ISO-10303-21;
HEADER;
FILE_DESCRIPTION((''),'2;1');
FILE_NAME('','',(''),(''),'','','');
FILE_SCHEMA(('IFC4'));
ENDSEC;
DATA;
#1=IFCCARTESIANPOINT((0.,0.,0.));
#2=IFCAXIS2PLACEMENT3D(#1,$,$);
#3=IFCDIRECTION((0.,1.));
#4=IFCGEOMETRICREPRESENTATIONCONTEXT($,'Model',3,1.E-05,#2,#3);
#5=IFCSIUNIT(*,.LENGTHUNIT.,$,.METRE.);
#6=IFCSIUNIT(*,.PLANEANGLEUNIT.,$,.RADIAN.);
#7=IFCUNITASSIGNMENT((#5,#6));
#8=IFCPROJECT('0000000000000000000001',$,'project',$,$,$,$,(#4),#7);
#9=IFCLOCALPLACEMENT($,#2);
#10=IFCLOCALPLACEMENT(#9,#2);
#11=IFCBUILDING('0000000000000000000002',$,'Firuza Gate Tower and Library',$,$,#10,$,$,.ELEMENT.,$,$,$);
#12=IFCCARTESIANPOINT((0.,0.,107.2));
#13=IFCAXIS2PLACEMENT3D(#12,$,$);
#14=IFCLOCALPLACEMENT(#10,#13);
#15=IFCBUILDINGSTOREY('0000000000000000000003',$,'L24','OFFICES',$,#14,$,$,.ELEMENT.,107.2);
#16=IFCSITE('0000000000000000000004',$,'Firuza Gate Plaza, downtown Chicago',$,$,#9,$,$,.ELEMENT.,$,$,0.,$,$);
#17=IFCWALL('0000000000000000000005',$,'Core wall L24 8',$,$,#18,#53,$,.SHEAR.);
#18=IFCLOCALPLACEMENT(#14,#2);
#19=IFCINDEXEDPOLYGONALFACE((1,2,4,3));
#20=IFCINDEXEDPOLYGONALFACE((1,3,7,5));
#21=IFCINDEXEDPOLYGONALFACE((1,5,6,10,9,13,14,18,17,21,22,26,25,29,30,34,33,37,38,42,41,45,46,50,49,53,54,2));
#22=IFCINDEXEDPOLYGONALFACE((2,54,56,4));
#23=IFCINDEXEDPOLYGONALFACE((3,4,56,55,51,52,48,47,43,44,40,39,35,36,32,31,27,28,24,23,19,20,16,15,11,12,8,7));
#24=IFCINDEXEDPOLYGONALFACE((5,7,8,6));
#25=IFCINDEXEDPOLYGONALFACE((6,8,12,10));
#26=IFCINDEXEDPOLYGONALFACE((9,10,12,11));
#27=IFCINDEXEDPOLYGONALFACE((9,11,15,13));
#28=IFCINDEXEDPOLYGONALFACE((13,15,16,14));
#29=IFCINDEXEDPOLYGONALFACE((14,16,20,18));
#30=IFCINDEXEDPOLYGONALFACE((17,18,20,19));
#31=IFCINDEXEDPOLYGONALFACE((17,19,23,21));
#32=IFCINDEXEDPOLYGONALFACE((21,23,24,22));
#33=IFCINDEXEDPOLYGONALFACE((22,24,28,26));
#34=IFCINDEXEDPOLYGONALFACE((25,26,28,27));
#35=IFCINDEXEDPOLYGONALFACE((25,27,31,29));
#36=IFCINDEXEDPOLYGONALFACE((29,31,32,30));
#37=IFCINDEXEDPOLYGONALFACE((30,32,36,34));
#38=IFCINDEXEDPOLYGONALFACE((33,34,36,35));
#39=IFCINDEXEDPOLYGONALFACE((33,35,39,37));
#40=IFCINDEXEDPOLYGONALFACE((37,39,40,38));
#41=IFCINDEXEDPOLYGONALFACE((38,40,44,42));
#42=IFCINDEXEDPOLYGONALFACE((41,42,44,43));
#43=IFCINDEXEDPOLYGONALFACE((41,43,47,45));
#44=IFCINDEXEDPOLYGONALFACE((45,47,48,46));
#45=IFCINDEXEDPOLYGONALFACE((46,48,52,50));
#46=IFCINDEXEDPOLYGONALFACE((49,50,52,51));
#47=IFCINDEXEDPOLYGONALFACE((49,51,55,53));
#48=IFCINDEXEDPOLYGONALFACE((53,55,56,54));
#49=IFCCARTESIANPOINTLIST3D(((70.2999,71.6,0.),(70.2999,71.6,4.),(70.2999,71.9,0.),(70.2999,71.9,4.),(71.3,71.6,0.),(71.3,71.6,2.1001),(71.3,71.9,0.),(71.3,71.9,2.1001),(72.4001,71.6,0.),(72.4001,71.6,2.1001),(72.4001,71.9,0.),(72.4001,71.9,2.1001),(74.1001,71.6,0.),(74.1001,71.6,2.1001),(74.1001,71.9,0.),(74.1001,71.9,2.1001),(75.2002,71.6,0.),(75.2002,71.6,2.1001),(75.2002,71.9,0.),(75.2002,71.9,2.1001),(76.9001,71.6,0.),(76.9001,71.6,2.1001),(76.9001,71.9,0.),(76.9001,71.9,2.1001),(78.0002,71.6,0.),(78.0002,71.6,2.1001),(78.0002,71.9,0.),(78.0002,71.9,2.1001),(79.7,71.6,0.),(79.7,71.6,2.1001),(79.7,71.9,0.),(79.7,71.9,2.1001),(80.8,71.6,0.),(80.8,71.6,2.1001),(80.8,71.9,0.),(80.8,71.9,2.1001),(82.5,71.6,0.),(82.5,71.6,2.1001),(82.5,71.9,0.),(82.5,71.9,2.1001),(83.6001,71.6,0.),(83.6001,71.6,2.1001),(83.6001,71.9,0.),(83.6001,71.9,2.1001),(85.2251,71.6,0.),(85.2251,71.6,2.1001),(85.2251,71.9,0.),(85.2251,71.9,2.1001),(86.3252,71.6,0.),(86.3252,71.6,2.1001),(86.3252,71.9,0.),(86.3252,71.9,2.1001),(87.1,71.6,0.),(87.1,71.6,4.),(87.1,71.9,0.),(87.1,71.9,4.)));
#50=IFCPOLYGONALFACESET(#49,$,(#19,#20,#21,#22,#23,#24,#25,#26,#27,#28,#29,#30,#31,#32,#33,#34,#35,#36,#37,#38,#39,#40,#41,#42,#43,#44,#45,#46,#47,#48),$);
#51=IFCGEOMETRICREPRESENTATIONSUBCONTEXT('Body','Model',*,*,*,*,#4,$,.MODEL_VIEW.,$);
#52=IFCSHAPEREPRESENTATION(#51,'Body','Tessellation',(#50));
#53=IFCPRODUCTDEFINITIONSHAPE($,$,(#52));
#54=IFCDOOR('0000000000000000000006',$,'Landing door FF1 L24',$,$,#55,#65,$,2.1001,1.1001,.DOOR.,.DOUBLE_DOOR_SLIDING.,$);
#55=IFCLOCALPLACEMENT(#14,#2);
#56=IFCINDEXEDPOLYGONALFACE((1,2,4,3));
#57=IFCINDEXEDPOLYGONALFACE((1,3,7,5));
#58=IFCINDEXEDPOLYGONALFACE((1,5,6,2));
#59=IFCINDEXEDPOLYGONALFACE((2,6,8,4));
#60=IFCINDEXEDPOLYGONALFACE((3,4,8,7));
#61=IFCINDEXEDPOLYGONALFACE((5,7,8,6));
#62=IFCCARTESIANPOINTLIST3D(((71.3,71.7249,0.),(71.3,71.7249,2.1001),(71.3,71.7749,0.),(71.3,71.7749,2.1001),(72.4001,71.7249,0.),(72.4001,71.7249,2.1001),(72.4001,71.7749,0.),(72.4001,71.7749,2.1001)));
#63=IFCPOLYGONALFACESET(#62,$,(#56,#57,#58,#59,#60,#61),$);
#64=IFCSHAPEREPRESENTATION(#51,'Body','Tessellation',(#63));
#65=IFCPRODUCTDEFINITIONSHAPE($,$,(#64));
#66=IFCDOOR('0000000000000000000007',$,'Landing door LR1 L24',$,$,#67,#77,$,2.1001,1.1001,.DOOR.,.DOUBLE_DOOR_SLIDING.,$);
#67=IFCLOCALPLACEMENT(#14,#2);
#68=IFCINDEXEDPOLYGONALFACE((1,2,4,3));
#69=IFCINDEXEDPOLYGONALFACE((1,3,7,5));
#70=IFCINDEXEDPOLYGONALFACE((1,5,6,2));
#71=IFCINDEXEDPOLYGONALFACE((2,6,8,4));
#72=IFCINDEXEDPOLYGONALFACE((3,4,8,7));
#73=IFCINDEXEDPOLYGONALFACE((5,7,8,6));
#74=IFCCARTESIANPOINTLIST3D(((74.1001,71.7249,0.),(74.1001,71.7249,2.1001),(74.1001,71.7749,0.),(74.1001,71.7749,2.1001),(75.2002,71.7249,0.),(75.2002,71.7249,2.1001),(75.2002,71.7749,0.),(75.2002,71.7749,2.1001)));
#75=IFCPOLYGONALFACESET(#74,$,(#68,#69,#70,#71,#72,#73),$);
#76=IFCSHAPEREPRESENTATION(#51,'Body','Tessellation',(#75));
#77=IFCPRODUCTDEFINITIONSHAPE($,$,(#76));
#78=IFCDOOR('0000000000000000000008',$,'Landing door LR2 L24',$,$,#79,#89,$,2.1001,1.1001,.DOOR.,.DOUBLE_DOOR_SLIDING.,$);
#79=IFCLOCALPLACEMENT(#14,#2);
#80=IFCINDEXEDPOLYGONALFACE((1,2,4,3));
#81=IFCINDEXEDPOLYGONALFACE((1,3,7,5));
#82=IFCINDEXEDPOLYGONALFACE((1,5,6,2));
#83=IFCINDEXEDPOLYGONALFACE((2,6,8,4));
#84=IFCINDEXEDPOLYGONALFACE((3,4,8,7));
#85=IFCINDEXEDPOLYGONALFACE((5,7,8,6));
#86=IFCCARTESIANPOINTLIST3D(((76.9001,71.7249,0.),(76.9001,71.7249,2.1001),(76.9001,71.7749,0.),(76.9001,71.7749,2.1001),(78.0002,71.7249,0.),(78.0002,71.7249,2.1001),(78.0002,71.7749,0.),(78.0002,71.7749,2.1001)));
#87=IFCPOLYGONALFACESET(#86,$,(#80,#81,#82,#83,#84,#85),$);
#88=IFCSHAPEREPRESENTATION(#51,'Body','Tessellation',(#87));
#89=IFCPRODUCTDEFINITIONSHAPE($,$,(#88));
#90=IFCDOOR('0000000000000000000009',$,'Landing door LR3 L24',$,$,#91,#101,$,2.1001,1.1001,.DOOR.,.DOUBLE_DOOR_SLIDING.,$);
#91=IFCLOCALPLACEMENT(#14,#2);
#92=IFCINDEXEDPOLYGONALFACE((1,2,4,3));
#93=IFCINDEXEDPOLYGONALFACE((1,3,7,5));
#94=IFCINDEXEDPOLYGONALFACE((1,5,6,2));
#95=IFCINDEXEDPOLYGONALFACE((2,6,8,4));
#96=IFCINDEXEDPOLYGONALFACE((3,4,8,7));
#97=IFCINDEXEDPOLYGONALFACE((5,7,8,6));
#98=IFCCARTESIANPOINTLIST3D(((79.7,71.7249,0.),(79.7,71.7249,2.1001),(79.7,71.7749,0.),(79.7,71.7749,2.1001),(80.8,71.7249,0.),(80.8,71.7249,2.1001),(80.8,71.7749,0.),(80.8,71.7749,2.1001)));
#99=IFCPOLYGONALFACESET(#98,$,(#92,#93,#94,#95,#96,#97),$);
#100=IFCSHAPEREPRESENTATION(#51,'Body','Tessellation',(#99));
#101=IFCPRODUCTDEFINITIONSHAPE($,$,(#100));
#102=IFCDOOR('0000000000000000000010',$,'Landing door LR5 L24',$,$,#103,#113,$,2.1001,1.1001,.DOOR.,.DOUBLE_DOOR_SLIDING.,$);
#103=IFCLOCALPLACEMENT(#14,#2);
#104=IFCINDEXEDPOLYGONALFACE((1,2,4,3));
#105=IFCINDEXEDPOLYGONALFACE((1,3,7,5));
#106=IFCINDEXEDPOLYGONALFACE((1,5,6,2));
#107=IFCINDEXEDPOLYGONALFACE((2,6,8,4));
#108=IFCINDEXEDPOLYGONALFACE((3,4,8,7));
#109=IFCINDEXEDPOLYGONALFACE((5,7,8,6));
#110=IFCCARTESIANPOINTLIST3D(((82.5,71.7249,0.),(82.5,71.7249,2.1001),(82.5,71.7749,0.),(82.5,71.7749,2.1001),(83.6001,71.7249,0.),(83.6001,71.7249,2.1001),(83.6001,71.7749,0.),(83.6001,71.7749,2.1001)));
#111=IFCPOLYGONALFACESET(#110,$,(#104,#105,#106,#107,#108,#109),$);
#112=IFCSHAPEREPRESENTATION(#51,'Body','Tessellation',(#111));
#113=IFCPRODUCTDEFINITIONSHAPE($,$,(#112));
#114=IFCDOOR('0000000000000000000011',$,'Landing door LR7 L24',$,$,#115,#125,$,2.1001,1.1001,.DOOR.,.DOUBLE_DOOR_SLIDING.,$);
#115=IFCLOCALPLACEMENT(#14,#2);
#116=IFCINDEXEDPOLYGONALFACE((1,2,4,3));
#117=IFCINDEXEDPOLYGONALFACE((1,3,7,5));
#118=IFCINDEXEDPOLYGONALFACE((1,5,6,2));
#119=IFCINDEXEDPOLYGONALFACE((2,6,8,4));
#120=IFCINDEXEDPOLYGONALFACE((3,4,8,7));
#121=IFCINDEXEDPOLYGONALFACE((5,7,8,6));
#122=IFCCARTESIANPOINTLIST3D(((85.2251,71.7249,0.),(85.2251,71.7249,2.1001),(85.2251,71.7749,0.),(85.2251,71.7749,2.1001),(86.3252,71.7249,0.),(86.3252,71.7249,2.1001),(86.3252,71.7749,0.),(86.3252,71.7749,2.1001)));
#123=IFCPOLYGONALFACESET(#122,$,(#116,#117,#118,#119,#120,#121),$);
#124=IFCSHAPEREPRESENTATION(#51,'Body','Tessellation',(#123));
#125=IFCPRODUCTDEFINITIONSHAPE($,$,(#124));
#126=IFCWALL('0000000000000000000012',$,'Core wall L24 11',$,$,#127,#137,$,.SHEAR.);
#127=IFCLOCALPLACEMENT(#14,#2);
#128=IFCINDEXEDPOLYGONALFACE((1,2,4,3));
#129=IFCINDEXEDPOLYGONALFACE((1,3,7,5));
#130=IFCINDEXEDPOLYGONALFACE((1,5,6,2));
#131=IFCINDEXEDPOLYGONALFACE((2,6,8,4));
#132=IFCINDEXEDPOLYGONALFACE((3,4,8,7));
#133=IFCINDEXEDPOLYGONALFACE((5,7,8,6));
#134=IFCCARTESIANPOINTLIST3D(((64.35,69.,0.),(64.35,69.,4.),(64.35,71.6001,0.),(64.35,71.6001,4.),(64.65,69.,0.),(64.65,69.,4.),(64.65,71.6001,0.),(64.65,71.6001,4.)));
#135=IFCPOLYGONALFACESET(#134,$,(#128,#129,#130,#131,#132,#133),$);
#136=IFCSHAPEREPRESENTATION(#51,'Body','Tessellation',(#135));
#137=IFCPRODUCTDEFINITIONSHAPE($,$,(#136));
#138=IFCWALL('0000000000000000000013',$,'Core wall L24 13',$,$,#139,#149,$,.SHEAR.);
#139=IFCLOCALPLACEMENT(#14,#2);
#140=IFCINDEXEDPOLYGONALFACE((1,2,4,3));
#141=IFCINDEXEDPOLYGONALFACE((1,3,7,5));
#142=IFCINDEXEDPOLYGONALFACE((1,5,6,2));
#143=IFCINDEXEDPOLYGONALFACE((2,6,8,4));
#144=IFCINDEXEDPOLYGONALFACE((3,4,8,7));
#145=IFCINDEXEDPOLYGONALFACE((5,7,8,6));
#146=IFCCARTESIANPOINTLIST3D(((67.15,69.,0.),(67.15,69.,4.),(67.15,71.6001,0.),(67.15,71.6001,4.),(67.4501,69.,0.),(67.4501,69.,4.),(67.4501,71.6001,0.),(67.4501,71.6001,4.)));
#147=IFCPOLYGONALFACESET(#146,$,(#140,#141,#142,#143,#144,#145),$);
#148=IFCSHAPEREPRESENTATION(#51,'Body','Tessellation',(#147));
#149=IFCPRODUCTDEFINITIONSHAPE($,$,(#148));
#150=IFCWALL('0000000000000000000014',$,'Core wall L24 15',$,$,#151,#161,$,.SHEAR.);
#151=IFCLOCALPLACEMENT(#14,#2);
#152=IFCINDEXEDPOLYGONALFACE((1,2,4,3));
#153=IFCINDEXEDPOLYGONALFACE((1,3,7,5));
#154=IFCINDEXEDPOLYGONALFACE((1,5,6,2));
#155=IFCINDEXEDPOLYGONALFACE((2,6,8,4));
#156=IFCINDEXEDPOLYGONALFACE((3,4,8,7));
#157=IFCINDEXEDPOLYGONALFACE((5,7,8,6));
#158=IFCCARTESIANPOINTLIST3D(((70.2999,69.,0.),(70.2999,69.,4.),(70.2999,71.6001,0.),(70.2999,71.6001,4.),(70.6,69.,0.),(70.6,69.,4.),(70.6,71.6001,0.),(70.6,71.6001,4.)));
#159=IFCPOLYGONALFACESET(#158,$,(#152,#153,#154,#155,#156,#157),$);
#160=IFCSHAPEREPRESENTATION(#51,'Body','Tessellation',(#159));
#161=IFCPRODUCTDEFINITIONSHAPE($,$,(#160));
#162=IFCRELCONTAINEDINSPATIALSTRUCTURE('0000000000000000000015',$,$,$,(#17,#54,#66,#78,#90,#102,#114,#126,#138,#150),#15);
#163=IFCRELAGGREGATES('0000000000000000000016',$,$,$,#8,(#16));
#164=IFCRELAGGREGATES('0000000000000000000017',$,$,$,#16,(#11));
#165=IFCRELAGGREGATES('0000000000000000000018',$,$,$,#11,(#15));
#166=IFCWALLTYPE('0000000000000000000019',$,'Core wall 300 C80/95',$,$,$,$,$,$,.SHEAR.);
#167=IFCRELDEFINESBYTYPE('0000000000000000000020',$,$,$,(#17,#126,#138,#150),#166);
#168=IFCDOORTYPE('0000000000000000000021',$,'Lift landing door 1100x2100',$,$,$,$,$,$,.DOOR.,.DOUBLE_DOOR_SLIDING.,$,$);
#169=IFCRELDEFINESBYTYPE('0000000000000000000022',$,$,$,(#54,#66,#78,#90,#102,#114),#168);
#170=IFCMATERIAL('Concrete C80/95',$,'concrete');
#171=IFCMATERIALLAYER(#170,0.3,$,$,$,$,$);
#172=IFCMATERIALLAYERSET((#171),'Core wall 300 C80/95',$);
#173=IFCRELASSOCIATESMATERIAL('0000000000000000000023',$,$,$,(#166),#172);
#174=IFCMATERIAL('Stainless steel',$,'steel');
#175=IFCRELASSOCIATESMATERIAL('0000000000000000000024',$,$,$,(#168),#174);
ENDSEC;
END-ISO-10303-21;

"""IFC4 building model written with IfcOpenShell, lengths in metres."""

from ifc_helpers import new_model, si_unit, direction, frame, frame_2d, origin, place, context, subcontext, project, spatial, rectangle, extrude, material, layer, layer_set, type_object, element, fill, save


model = new_model("IFC4")

# Units and contexts
model_context = context("Model", 3, precision=1e-05, world=origin(), true_north=direction((0.0, 1.0)))
body_context = subcontext(model_context, "Body", "Model", "MODEL_VIEW")
ifc_project = project(units=[si_unit("LENGTHUNIT", "METRE"), si_unit("PLANEANGLEUNIT", "RADIAN")], contexts=[model_context])

# Site, building, storey
site_placement = place(None, origin())
site = spatial("IfcSite", under=ifc_project, at=site_placement, Name="Firuza Gate Plaza, downtown Chicago", CompositionType="ELEMENT", RefElevation=0.0)
building_placement = place(site_placement, origin())
building = spatial("IfcBuilding", under=site, at=building_placement, Name="Firuza Gate Tower and Library", CompositionType="ELEMENT")
storey_placement = place(building_placement, frame((0.0, 0.0, 107.2)))
storey = spatial("IfcBuildingStorey", under=building, at=storey_placement, Name="L24", Description="OFFICES", CompositionType="ELEMENT", Elevation=107.2)

# Shared definitions
ifc_material_1 = material(Name="Concrete C80/95", Category="concrete")
ifc_layer_1 = layer(ifc_material_1, 0.3)
ifc_layer_set_1 = layer_set([ifc_layer_1], Name="Core wall 300 C80/95")
wall_type_1 = type_object("IfcWallType", Name="Core wall 300 C80/95", PredefinedType="SHEAR", material=ifc_layer_set_1)

# Wall, openings, doors
wall_1_placement = place(storey_placement, frame((70.3, 71.75, 0.0), z_axis=(0.0, 0.0, 1.0), x_axis=(1.0, 0.0, 0.0)))
wall_1 = element("IfcWall", 1, at=wall_1_placement, inside=storey, type_object=wall_type_1, Name="Core wall L24 8", PredefinedType="SHEAR", context=body_context, shape_type="SweptSolid", body=[
    extrude(rectangle(XDim=16.8, YDim=0.3, at=frame_2d((8.3999, 0.0))), origin(), (0.0, 0.0, 1.0), 4.0),
])
opening_1_placement = place(wall_1_placement, frame((1.0, 0.0, 0.0)))
opening_1 = element("IfcOpeningElement", 2, at=opening_1_placement, cuts=wall_1, PredefinedType="OPENING", context=body_context, shape_type="SweptSolid", body=[
    extrude(rectangle(XDim=1.1001, YDim=2.1001, at=frame_2d((0.55, 1.05))), frame((0.0, 0.1602, 0.0), z_axis=(0.0, -1.0, 0.0), x_axis=(1.0, 0.0, 0.0)), (0.0, 0.0, 1.0), 0.3201),
])
opening_2_placement = place(wall_1_placement, frame((3.8, 0.0, 0.0)))
opening_2 = element("IfcOpeningElement", 3, at=opening_2_placement, cuts=wall_1, PredefinedType="OPENING", context=body_context, shape_type="SweptSolid", body=[
    extrude(rectangle(XDim=1.1001, YDim=2.1001, at=frame_2d((0.55, 1.05))), frame((0.0, 0.1602, 0.0), z_axis=(0.0, -1.0, 0.0), x_axis=(1.0, 0.0, 0.0)), (0.0, 0.0, 1.0), 0.3201),
])
opening_3_placement = place(wall_1_placement, frame((6.6001, 0.0, 0.0)))
opening_3 = element("IfcOpeningElement", 4, at=opening_3_placement, cuts=wall_1, PredefinedType="OPENING", context=body_context, shape_type="SweptSolid", body=[
    extrude(rectangle(XDim=1.1001, YDim=2.1001, at=frame_2d((0.55, 1.05))), frame((0.0, 0.1602, 0.0), z_axis=(0.0, -1.0, 0.0), x_axis=(1.0, 0.0, 0.0)), (0.0, 0.0, 1.0), 0.3201),
])
opening_4_placement = place(wall_1_placement, frame((9.3999, 0.0, 0.0)))
opening_4 = element("IfcOpeningElement", 5, at=opening_4_placement, cuts=wall_1, PredefinedType="OPENING", context=body_context, shape_type="SweptSolid", body=[
    extrude(rectangle(XDim=1.1001, YDim=2.1001, at=frame_2d((0.55, 1.05))), frame((0.0, 0.1602, 0.0), z_axis=(0.0, -1.0, 0.0), x_axis=(1.0, 0.0, 0.0)), (0.0, 0.0, 1.0), 0.3201),
])
opening_5_placement = place(wall_1_placement, frame((12.2, 0.0, 0.0)))
opening_5 = element("IfcOpeningElement", 6, at=opening_5_placement, cuts=wall_1, PredefinedType="OPENING", context=body_context, shape_type="SweptSolid", body=[
    extrude(rectangle(XDim=1.1001, YDim=2.1001, at=frame_2d((0.55, 1.05))), frame((0.0, 0.1602, 0.0), z_axis=(0.0, -1.0, 0.0), x_axis=(1.0, 0.0, 0.0)), (0.0, 0.0, 1.0), 0.3201),
])
opening_6_placement = place(wall_1_placement, frame((14.925, 0.0, 0.0)))
opening_6 = element("IfcOpeningElement", 7, at=opening_6_placement, cuts=wall_1, PredefinedType="OPENING", context=body_context, shape_type="SweptSolid", body=[
    extrude(rectangle(XDim=1.1001, YDim=2.1001, at=frame_2d((0.55, 1.05))), frame((0.0, 0.1602, 0.0), z_axis=(0.0, -1.0, 0.0), x_axis=(1.0, 0.0, 0.0)), (0.0, 0.0, 1.0), 0.3201),
])
ifc_material_2 = material(Name="Stainless steel", Category="steel")
door_type_1 = type_object("IfcDoorType", Name="Lift landing door 1100x2100", OperationType="DOUBLE_DOOR_SLIDING", PredefinedType="DOOR", material=ifc_material_2)
door_1_placement = place(opening_1_placement, origin())
door_1 = element("IfcDoor", 8, at=door_1_placement, inside=storey, type_object=door_type_1, Name="Landing door FF1 L24", OperationType="DOUBLE_DOOR_SLIDING", OverallHeight=2.1001, OverallWidth=1.1001, PredefinedType="DOOR", context=body_context, shape_type="SweptSolid", body=[
    extrude(rectangle(XDim=1.1001, YDim=2.1001, at=frame_2d((0.55, 1.05))), frame((0.0, 0.0249, 0.0), z_axis=(0.0, -1.0, 0.0), x_axis=(1.0, 0.0, 0.0)), (0.0, 0.0, 1.0), 0.05),
])
fill(opening_1, door_1)
door_2_placement = place(opening_2_placement, origin())
door_2 = element("IfcDoor", 9, at=door_2_placement, inside=storey, type_object=door_type_1, Name="Landing door LR1 L24", OperationType="DOUBLE_DOOR_SLIDING", OverallHeight=2.1001, OverallWidth=1.1001, PredefinedType="DOOR", context=body_context, shape_type="SweptSolid", body=[
    extrude(rectangle(XDim=1.1001, YDim=2.1001, at=frame_2d((0.55, 1.05))), frame((0.0, 0.0249, 0.0), z_axis=(0.0, -1.0, 0.0), x_axis=(1.0, 0.0, 0.0)), (0.0, 0.0, 1.0), 0.05),
])
fill(opening_2, door_2)
door_3_placement = place(opening_3_placement, origin())
door_3 = element("IfcDoor", 10, at=door_3_placement, inside=storey, type_object=door_type_1, Name="Landing door LR2 L24", OperationType="DOUBLE_DOOR_SLIDING", OverallHeight=2.1001, OverallWidth=1.1001, PredefinedType="DOOR", context=body_context, shape_type="SweptSolid", body=[
    extrude(rectangle(XDim=1.1001, YDim=2.1001, at=frame_2d((0.55, 1.05))), frame((0.0, 0.0249, 0.0), z_axis=(0.0, -1.0, 0.0), x_axis=(1.0, 0.0, 0.0)), (0.0, 0.0, 1.0), 0.05),
])
fill(opening_3, door_3)
door_4_placement = place(opening_4_placement, origin())
door_4 = element("IfcDoor", 11, at=door_4_placement, inside=storey, type_object=door_type_1, Name="Landing door LR3 L24", OperationType="DOUBLE_DOOR_SLIDING", OverallHeight=2.1001, OverallWidth=1.1001, PredefinedType="DOOR", context=body_context, shape_type="SweptSolid", body=[
    extrude(rectangle(XDim=1.1001, YDim=2.1001, at=frame_2d((0.55, 1.05))), frame((0.0, 0.0249, 0.0), z_axis=(0.0, -1.0, 0.0), x_axis=(1.0, 0.0, 0.0)), (0.0, 0.0, 1.0), 0.05),
])
fill(opening_4, door_4)
door_5_placement = place(opening_5_placement, origin())
door_5 = element("IfcDoor", 12, at=door_5_placement, inside=storey, type_object=door_type_1, Name="Landing door LR5 L24", OperationType="DOUBLE_DOOR_SLIDING", OverallHeight=2.1001, OverallWidth=1.1001, PredefinedType="DOOR", context=body_context, shape_type="SweptSolid", body=[
    extrude(rectangle(XDim=1.1001, YDim=2.1001, at=frame_2d((0.55, 1.05))), frame((0.0, 0.0249, 0.0), z_axis=(0.0, -1.0, 0.0), x_axis=(1.0, 0.0, 0.0)), (0.0, 0.0, 1.0), 0.05),
])
fill(opening_5, door_5)
door_6_placement = place(opening_6_placement, origin())
door_6 = element("IfcDoor", 13, at=door_6_placement, inside=storey, type_object=door_type_1, Name="Landing door LR7 L24", OperationType="DOUBLE_DOOR_SLIDING", OverallHeight=2.1001, OverallWidth=1.1001, PredefinedType="DOOR", context=body_context, shape_type="SweptSolid", body=[
    extrude(rectangle(XDim=1.1001, YDim=2.1001, at=frame_2d((0.55, 1.05))), frame((0.0, 0.0249, 0.0), z_axis=(0.0, -1.0, 0.0), x_axis=(1.0, 0.0, 0.0)), (0.0, 0.0, 1.0), 0.05),
])
fill(opening_6, door_6)

# Walls
for number, where, z_axis, x_axis, name in (
    (14, (64.5, 69.0, 0.0), (0.0, 0.0, 1.0), (0.0, 1.0, 0.0), "Core wall L24 11"),
    (15, (67.3, 69.0, 0.0), (0.0, 0.0, 1.0), (0.0, 1.0, 0.0), "Core wall L24 13"),
    (16, (70.45, 69.0, 0.0), (0.0, 0.0, 1.0), (0.0, 1.0, 0.0), "Core wall L24 15"),
):
    element("IfcWall", number, at=place(storey_placement, frame(where, z_axis=z_axis, x_axis=x_axis)), inside=storey, type_object=wall_type_1, Name=name, PredefinedType="SHEAR", context=body_context, shape_type="SweptSolid", body=[
        extrude(rectangle(XDim=2.6001, YDim=0.3, at=frame_2d((1.3, 0.0))), origin(), (0.0, 0.0, 1.0), 4.0),
    ])

save(model, "model.ifc")
